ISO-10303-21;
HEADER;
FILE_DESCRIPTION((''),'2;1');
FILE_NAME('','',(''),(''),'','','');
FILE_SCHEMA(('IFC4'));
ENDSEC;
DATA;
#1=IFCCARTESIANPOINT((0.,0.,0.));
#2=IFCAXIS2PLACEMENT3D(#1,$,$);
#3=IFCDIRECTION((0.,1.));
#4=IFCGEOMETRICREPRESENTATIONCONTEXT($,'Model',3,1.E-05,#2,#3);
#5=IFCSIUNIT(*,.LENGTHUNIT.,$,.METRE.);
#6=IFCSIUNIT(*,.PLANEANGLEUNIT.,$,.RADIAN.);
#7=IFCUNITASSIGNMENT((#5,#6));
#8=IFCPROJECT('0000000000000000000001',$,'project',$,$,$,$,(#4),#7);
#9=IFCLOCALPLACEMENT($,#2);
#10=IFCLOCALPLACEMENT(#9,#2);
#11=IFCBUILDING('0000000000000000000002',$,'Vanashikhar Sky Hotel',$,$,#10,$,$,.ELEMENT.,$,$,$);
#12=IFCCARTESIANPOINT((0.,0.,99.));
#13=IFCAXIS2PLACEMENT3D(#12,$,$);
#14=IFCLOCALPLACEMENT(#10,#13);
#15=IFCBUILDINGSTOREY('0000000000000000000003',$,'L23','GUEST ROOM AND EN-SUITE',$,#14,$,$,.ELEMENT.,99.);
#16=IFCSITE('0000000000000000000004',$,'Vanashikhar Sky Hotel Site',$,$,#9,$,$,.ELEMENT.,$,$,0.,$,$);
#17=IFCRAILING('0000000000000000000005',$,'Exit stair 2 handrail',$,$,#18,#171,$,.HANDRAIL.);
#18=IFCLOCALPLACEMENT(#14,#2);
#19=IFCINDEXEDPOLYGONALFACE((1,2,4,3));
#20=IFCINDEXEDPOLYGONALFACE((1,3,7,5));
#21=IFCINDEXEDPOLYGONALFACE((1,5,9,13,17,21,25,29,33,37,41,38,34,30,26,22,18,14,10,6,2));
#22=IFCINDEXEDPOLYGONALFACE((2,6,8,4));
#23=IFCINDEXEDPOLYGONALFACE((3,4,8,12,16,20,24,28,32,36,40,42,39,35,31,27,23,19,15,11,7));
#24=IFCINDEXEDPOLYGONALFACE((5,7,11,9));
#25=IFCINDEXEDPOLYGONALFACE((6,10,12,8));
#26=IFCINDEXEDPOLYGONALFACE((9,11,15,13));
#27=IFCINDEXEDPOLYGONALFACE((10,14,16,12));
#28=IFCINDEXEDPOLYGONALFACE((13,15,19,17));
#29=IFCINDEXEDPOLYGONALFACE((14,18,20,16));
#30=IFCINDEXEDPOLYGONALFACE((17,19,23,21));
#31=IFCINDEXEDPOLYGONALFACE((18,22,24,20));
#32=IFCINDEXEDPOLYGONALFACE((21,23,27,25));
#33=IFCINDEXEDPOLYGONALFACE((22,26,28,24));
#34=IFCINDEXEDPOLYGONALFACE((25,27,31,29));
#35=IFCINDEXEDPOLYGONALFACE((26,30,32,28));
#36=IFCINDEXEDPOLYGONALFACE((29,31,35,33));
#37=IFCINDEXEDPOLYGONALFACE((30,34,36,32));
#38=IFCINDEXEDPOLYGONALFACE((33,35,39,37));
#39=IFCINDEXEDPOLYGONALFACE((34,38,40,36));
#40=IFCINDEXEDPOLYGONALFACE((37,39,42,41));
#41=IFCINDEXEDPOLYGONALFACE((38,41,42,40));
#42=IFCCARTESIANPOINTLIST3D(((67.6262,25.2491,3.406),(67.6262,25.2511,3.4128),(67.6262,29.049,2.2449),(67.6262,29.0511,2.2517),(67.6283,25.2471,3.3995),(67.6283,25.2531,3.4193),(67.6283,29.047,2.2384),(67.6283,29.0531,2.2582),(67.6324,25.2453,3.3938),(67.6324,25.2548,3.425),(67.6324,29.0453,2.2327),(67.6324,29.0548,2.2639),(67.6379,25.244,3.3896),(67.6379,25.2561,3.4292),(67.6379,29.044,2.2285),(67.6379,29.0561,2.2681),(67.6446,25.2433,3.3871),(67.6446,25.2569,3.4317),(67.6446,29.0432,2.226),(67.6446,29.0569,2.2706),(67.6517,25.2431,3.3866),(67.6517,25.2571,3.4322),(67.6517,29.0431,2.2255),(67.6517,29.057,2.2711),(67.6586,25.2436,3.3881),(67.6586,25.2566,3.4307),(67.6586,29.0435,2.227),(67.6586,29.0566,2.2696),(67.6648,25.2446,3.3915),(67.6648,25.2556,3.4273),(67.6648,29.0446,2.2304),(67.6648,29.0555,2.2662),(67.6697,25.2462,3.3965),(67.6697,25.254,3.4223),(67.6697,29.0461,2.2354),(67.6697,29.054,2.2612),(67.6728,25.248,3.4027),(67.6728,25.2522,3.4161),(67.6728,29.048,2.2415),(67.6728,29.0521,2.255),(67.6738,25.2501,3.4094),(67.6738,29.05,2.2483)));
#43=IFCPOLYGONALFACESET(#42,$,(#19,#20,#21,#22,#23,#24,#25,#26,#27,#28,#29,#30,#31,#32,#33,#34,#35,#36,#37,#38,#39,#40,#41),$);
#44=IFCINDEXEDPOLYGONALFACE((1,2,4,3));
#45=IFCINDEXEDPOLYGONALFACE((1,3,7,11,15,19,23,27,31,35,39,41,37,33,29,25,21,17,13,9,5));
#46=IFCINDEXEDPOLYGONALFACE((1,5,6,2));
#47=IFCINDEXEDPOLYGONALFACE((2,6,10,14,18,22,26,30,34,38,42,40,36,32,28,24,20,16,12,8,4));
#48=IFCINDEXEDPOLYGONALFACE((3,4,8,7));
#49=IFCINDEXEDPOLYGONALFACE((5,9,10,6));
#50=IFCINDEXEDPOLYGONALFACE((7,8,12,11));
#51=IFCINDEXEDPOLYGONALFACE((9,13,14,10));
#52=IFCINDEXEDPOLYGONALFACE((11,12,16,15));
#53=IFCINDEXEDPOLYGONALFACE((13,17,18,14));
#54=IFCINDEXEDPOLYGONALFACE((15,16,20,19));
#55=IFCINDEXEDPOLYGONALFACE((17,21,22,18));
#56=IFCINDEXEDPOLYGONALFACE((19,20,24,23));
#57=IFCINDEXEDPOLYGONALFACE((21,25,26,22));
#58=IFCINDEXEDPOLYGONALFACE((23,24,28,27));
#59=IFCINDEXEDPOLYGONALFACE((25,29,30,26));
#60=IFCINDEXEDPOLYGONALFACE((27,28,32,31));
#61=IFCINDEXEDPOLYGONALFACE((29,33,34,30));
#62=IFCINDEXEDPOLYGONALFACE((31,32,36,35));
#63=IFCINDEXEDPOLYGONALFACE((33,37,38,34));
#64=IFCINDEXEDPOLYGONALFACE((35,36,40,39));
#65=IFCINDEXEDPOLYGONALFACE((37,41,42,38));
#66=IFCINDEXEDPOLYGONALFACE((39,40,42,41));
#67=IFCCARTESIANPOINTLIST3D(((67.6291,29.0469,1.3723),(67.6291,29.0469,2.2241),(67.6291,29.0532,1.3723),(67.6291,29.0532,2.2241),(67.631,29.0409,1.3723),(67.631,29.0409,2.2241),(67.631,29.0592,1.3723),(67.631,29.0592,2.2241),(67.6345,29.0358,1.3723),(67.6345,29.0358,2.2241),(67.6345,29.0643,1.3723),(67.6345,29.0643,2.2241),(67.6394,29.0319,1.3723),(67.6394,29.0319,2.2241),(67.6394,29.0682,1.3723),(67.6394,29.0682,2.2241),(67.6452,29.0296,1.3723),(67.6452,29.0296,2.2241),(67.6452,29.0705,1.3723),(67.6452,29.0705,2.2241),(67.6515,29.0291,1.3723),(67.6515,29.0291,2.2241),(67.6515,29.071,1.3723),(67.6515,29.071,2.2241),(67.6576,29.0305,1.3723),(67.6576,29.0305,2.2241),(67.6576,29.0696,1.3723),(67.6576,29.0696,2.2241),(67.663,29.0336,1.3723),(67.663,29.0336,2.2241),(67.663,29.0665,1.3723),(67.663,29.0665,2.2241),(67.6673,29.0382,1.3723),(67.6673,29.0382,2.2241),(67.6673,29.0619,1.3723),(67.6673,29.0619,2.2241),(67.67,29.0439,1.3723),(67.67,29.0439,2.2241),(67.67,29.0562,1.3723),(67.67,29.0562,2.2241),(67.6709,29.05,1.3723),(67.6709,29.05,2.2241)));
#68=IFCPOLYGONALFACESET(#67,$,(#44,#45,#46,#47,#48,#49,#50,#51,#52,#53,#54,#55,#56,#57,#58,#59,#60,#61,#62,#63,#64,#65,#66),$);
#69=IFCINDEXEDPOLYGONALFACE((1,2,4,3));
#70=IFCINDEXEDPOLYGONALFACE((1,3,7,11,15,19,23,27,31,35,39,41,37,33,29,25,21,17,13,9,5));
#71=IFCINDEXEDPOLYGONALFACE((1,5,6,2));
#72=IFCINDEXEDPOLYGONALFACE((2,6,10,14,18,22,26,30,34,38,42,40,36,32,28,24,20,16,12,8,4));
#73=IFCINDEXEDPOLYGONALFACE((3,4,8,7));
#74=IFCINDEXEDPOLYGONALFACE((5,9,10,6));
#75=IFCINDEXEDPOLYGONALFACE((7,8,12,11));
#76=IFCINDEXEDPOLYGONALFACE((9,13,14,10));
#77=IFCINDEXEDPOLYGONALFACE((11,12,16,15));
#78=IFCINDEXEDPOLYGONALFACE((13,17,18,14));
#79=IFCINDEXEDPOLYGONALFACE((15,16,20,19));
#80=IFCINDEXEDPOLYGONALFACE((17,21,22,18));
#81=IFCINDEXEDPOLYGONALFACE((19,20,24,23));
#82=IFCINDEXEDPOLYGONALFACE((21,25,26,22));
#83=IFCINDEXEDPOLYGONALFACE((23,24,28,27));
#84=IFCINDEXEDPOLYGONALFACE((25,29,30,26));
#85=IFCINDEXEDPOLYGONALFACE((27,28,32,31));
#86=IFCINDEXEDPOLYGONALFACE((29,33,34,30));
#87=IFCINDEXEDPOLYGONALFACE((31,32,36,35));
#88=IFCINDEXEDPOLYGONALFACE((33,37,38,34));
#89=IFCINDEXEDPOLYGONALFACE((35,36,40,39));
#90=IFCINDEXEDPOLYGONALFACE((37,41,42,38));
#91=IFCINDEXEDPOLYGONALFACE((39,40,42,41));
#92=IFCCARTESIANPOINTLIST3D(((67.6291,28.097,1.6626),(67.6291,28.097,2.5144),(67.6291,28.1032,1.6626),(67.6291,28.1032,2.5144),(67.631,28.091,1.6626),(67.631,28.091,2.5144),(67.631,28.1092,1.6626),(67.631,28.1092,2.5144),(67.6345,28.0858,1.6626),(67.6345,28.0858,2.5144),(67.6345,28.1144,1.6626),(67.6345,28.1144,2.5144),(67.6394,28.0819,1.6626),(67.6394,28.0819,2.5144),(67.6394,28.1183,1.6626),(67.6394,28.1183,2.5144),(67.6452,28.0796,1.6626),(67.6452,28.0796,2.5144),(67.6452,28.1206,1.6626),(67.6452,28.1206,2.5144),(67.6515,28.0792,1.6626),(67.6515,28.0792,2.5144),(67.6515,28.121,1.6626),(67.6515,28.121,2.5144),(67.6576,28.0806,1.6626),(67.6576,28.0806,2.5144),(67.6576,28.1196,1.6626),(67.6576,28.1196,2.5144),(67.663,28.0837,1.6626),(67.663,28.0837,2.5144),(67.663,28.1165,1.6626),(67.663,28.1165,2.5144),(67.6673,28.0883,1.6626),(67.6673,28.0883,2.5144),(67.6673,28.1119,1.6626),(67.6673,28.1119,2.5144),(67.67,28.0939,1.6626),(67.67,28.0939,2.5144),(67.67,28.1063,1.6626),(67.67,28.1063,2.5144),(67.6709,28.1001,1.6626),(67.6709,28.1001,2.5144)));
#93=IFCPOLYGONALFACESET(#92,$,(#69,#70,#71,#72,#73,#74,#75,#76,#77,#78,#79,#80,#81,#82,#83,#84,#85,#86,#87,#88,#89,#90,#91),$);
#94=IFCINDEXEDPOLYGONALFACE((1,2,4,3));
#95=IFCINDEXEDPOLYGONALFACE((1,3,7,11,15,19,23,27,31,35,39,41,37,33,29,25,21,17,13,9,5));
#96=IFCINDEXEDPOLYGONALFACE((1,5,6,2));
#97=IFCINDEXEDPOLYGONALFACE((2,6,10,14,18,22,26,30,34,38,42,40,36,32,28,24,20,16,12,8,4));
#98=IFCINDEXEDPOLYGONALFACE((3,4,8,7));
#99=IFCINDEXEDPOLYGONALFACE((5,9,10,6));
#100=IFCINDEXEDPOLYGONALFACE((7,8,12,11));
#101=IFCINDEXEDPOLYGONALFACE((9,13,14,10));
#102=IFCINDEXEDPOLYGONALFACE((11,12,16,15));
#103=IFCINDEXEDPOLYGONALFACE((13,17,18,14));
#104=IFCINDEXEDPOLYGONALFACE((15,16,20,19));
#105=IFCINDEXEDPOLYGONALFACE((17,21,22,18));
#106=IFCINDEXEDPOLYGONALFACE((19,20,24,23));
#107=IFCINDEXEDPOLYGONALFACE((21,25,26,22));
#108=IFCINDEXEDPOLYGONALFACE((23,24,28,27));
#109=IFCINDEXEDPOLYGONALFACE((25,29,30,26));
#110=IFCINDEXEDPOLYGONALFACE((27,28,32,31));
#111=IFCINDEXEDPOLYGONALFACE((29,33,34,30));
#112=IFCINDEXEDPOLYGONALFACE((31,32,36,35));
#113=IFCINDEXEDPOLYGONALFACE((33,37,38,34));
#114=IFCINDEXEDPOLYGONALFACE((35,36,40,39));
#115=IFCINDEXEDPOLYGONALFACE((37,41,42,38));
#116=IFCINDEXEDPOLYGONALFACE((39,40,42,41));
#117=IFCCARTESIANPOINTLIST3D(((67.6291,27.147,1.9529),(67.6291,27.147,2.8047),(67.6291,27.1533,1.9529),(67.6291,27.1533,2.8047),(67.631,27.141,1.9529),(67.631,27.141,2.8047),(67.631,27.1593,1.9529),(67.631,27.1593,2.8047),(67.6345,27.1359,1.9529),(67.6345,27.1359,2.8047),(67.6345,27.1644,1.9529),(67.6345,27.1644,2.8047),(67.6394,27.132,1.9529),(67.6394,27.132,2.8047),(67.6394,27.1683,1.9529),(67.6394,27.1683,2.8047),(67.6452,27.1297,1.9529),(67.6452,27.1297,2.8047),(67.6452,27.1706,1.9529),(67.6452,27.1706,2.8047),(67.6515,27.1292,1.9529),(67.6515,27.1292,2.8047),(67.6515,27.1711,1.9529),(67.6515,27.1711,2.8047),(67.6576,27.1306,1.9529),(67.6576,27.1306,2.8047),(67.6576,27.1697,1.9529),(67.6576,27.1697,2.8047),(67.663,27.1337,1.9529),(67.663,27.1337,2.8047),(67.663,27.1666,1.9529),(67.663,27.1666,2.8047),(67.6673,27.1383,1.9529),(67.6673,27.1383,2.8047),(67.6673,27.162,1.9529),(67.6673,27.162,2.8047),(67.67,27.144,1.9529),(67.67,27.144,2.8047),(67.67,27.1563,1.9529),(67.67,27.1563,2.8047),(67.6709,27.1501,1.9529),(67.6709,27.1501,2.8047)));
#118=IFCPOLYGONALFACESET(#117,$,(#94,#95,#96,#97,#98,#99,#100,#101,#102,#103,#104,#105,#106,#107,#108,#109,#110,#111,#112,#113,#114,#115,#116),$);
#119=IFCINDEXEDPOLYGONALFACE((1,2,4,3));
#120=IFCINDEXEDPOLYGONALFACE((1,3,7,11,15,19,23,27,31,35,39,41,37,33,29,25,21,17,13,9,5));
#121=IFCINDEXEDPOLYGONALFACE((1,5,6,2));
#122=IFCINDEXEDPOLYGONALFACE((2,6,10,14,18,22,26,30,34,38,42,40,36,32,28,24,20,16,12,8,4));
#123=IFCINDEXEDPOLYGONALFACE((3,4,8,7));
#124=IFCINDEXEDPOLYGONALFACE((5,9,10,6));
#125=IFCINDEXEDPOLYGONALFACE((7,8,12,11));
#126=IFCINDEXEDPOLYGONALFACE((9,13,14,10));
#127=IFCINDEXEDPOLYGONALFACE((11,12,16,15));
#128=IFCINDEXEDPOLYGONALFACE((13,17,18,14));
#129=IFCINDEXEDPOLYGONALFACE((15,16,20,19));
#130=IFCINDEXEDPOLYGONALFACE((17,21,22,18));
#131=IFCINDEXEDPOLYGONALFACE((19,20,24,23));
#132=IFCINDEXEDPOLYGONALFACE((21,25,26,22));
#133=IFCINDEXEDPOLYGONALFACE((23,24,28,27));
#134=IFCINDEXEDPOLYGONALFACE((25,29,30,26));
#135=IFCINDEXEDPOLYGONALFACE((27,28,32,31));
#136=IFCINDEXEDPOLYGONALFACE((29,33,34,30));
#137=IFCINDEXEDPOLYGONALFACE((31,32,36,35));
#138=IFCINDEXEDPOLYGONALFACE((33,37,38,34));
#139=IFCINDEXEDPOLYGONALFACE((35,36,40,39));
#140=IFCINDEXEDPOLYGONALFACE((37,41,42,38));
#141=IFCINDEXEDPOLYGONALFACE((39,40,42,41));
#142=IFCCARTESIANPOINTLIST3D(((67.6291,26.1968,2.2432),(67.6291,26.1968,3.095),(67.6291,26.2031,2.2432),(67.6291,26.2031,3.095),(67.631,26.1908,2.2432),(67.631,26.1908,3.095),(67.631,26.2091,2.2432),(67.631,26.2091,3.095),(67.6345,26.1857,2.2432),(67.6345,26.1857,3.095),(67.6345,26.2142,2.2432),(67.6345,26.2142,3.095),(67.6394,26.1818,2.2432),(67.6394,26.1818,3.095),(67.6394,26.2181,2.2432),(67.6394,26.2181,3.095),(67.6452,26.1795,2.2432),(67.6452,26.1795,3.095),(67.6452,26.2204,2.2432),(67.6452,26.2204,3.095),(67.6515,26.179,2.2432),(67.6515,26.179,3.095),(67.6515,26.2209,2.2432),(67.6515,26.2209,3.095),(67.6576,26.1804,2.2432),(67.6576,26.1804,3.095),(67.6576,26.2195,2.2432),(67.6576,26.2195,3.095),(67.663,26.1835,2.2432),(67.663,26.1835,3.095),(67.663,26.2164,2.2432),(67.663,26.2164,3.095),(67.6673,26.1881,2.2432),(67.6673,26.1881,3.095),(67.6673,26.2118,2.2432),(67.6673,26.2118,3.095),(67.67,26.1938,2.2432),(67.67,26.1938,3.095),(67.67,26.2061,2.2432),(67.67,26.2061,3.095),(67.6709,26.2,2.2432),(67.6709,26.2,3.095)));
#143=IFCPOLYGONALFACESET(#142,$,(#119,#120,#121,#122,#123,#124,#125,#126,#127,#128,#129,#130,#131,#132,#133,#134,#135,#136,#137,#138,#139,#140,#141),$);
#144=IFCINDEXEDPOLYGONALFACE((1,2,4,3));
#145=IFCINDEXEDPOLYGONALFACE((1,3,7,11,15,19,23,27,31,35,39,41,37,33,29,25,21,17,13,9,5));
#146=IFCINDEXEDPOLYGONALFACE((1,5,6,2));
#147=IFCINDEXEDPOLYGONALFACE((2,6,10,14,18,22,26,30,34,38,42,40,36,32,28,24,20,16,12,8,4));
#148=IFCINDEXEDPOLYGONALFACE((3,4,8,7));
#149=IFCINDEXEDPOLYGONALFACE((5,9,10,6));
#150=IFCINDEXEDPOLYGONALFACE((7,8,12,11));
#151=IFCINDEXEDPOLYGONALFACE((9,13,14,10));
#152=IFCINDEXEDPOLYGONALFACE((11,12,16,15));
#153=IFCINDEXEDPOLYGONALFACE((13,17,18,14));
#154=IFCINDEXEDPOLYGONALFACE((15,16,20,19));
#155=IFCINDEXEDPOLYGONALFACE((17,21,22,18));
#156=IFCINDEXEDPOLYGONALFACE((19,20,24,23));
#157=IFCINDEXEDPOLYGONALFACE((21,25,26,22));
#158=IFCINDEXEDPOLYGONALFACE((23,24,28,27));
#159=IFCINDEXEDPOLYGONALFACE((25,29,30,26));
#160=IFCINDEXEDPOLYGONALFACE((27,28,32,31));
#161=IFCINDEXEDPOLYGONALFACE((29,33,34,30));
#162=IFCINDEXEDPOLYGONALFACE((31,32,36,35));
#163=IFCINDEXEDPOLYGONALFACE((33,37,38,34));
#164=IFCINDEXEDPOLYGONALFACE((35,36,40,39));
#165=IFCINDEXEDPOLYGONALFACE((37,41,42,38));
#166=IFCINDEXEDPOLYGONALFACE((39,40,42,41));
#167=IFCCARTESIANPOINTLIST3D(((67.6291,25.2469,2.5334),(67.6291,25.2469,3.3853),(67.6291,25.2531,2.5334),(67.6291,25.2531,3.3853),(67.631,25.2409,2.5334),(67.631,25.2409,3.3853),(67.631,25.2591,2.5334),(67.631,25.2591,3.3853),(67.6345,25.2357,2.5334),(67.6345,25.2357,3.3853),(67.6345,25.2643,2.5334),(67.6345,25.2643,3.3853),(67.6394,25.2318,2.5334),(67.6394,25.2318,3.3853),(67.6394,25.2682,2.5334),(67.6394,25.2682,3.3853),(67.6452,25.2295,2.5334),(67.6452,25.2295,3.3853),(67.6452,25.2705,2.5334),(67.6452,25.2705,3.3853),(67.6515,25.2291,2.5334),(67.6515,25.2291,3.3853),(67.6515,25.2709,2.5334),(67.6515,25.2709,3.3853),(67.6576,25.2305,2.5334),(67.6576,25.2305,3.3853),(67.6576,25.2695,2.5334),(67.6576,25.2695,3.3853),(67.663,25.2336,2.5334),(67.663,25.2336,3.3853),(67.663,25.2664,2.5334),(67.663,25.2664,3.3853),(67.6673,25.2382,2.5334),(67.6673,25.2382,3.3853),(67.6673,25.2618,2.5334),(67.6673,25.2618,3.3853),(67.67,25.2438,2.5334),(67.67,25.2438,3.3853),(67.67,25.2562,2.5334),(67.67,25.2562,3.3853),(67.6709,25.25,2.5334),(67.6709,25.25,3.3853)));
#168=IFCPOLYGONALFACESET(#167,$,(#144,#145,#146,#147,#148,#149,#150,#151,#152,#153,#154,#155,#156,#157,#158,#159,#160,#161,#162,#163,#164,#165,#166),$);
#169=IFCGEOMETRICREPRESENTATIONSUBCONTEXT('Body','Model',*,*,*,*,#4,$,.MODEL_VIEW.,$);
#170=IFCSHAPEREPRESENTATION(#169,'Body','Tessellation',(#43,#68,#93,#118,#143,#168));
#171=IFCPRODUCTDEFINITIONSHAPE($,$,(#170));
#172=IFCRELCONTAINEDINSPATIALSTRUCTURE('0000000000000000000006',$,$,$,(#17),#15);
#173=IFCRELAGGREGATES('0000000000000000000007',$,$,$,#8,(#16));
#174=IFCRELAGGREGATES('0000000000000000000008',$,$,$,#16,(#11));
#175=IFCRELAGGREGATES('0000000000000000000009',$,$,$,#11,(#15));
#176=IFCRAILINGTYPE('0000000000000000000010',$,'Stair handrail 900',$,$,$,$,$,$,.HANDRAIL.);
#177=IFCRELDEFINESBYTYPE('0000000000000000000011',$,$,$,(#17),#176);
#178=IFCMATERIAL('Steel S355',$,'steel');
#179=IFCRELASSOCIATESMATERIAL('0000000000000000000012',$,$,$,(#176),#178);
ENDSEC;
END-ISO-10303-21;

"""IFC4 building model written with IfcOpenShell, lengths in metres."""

from ifc_helpers import new_model, si_unit, direction, frame, origin, origin_2d, place, context, subcontext, project, spatial, circle, extrude, source, transform, mapped, material, type_object, element, save


model = new_model("IFC4")

# Units and contexts
model_context = context("Model", 3, precision=1e-05, world=origin(), true_north=direction((0.0, 1.0)))
body_context = subcontext(model_context, "Body", "Model", "MODEL_VIEW")
ifc_project = project(units=[si_unit("LENGTHUNIT", "METRE"), si_unit("PLANEANGLEUNIT", "RADIAN")], contexts=[model_context])

# Site, building, storey
site_placement = place(None, origin())
site = spatial("IfcSite", under=ifc_project, at=site_placement, Name="Vanashikhar Sky Hotel Site", CompositionType="ELEMENT", RefElevation=0.0)
building_placement = place(site_placement, origin())
building = spatial("IfcBuilding", under=site, at=building_placement, Name="Vanashikhar Sky Hotel", CompositionType="ELEMENT")
storey_placement = place(building_placement, frame((0.0, 0.0, 99.0)))
storey = spatial("IfcBuildingStorey", under=building, at=storey_placement, Name="L23", Description="GUEST ROOM AND EN-SUITE", CompositionType="ELEMENT", Elevation=99.0)

# Railing
ifc_material_1 = material(Name="Steel S355", Category="steel")
railing_type_1 = type_object("IfcRailingType", Name="Stair handrail 900", PredefinedType="HANDRAIL", material=ifc_material_1)
shared_shape_1 = source(origin(), body_context, "Body", "SweptSolid", [
    extrude(circle(Radius=0.0239, at=origin_2d()), frame((0.0, 0.0, 0.876), z_axis=(0.0, -0.956351, 0.29222), x_axis=(1.0, 0.0, 0.0)), (0.0, 0.0, 1.0), 3.9734),
    extrude(circle(Radius=0.021, at=origin_2d()), origin(), (0.0, 0.0, 1.0), 0.8518),
    extrude(circle(Radius=0.021, at=origin_2d()), frame((0.0, -0.95, 0.2903)), (0.0, 0.0, 1.0), 0.8518),
    extrude(circle(Radius=0.021, at=origin_2d()), frame((0.0, -1.8999, 0.5806)), (0.0, 0.0, 1.0), 0.8518),
    extrude(circle(Radius=0.021, at=origin_2d()), frame((0.0, -2.8501, 0.8708)), (0.0, 0.0, 1.0), 0.8518),
    extrude(circle(Radius=0.021, at=origin_2d()), frame((0.0, -3.8, 1.1611)), (0.0, 0.0, 1.0), 0.8518),
])
for number, where, name in (
    (1, (67.6499, 29.05, 1.3723), "Exit stair 2 handrail"),
):
    element("IfcRailing", number, at=place(storey_placement, frame(where)), inside=storey, type_object=railing_type_1, Name=name, PredefinedType="HANDRAIL", context=body_context, shape_type="MappedRepresentation", body=[
        mapped(shared_shape_1, transform((0.0, 0.0, 0.0), scale=1.0)),
    ])

save(model, "model.ifc")
